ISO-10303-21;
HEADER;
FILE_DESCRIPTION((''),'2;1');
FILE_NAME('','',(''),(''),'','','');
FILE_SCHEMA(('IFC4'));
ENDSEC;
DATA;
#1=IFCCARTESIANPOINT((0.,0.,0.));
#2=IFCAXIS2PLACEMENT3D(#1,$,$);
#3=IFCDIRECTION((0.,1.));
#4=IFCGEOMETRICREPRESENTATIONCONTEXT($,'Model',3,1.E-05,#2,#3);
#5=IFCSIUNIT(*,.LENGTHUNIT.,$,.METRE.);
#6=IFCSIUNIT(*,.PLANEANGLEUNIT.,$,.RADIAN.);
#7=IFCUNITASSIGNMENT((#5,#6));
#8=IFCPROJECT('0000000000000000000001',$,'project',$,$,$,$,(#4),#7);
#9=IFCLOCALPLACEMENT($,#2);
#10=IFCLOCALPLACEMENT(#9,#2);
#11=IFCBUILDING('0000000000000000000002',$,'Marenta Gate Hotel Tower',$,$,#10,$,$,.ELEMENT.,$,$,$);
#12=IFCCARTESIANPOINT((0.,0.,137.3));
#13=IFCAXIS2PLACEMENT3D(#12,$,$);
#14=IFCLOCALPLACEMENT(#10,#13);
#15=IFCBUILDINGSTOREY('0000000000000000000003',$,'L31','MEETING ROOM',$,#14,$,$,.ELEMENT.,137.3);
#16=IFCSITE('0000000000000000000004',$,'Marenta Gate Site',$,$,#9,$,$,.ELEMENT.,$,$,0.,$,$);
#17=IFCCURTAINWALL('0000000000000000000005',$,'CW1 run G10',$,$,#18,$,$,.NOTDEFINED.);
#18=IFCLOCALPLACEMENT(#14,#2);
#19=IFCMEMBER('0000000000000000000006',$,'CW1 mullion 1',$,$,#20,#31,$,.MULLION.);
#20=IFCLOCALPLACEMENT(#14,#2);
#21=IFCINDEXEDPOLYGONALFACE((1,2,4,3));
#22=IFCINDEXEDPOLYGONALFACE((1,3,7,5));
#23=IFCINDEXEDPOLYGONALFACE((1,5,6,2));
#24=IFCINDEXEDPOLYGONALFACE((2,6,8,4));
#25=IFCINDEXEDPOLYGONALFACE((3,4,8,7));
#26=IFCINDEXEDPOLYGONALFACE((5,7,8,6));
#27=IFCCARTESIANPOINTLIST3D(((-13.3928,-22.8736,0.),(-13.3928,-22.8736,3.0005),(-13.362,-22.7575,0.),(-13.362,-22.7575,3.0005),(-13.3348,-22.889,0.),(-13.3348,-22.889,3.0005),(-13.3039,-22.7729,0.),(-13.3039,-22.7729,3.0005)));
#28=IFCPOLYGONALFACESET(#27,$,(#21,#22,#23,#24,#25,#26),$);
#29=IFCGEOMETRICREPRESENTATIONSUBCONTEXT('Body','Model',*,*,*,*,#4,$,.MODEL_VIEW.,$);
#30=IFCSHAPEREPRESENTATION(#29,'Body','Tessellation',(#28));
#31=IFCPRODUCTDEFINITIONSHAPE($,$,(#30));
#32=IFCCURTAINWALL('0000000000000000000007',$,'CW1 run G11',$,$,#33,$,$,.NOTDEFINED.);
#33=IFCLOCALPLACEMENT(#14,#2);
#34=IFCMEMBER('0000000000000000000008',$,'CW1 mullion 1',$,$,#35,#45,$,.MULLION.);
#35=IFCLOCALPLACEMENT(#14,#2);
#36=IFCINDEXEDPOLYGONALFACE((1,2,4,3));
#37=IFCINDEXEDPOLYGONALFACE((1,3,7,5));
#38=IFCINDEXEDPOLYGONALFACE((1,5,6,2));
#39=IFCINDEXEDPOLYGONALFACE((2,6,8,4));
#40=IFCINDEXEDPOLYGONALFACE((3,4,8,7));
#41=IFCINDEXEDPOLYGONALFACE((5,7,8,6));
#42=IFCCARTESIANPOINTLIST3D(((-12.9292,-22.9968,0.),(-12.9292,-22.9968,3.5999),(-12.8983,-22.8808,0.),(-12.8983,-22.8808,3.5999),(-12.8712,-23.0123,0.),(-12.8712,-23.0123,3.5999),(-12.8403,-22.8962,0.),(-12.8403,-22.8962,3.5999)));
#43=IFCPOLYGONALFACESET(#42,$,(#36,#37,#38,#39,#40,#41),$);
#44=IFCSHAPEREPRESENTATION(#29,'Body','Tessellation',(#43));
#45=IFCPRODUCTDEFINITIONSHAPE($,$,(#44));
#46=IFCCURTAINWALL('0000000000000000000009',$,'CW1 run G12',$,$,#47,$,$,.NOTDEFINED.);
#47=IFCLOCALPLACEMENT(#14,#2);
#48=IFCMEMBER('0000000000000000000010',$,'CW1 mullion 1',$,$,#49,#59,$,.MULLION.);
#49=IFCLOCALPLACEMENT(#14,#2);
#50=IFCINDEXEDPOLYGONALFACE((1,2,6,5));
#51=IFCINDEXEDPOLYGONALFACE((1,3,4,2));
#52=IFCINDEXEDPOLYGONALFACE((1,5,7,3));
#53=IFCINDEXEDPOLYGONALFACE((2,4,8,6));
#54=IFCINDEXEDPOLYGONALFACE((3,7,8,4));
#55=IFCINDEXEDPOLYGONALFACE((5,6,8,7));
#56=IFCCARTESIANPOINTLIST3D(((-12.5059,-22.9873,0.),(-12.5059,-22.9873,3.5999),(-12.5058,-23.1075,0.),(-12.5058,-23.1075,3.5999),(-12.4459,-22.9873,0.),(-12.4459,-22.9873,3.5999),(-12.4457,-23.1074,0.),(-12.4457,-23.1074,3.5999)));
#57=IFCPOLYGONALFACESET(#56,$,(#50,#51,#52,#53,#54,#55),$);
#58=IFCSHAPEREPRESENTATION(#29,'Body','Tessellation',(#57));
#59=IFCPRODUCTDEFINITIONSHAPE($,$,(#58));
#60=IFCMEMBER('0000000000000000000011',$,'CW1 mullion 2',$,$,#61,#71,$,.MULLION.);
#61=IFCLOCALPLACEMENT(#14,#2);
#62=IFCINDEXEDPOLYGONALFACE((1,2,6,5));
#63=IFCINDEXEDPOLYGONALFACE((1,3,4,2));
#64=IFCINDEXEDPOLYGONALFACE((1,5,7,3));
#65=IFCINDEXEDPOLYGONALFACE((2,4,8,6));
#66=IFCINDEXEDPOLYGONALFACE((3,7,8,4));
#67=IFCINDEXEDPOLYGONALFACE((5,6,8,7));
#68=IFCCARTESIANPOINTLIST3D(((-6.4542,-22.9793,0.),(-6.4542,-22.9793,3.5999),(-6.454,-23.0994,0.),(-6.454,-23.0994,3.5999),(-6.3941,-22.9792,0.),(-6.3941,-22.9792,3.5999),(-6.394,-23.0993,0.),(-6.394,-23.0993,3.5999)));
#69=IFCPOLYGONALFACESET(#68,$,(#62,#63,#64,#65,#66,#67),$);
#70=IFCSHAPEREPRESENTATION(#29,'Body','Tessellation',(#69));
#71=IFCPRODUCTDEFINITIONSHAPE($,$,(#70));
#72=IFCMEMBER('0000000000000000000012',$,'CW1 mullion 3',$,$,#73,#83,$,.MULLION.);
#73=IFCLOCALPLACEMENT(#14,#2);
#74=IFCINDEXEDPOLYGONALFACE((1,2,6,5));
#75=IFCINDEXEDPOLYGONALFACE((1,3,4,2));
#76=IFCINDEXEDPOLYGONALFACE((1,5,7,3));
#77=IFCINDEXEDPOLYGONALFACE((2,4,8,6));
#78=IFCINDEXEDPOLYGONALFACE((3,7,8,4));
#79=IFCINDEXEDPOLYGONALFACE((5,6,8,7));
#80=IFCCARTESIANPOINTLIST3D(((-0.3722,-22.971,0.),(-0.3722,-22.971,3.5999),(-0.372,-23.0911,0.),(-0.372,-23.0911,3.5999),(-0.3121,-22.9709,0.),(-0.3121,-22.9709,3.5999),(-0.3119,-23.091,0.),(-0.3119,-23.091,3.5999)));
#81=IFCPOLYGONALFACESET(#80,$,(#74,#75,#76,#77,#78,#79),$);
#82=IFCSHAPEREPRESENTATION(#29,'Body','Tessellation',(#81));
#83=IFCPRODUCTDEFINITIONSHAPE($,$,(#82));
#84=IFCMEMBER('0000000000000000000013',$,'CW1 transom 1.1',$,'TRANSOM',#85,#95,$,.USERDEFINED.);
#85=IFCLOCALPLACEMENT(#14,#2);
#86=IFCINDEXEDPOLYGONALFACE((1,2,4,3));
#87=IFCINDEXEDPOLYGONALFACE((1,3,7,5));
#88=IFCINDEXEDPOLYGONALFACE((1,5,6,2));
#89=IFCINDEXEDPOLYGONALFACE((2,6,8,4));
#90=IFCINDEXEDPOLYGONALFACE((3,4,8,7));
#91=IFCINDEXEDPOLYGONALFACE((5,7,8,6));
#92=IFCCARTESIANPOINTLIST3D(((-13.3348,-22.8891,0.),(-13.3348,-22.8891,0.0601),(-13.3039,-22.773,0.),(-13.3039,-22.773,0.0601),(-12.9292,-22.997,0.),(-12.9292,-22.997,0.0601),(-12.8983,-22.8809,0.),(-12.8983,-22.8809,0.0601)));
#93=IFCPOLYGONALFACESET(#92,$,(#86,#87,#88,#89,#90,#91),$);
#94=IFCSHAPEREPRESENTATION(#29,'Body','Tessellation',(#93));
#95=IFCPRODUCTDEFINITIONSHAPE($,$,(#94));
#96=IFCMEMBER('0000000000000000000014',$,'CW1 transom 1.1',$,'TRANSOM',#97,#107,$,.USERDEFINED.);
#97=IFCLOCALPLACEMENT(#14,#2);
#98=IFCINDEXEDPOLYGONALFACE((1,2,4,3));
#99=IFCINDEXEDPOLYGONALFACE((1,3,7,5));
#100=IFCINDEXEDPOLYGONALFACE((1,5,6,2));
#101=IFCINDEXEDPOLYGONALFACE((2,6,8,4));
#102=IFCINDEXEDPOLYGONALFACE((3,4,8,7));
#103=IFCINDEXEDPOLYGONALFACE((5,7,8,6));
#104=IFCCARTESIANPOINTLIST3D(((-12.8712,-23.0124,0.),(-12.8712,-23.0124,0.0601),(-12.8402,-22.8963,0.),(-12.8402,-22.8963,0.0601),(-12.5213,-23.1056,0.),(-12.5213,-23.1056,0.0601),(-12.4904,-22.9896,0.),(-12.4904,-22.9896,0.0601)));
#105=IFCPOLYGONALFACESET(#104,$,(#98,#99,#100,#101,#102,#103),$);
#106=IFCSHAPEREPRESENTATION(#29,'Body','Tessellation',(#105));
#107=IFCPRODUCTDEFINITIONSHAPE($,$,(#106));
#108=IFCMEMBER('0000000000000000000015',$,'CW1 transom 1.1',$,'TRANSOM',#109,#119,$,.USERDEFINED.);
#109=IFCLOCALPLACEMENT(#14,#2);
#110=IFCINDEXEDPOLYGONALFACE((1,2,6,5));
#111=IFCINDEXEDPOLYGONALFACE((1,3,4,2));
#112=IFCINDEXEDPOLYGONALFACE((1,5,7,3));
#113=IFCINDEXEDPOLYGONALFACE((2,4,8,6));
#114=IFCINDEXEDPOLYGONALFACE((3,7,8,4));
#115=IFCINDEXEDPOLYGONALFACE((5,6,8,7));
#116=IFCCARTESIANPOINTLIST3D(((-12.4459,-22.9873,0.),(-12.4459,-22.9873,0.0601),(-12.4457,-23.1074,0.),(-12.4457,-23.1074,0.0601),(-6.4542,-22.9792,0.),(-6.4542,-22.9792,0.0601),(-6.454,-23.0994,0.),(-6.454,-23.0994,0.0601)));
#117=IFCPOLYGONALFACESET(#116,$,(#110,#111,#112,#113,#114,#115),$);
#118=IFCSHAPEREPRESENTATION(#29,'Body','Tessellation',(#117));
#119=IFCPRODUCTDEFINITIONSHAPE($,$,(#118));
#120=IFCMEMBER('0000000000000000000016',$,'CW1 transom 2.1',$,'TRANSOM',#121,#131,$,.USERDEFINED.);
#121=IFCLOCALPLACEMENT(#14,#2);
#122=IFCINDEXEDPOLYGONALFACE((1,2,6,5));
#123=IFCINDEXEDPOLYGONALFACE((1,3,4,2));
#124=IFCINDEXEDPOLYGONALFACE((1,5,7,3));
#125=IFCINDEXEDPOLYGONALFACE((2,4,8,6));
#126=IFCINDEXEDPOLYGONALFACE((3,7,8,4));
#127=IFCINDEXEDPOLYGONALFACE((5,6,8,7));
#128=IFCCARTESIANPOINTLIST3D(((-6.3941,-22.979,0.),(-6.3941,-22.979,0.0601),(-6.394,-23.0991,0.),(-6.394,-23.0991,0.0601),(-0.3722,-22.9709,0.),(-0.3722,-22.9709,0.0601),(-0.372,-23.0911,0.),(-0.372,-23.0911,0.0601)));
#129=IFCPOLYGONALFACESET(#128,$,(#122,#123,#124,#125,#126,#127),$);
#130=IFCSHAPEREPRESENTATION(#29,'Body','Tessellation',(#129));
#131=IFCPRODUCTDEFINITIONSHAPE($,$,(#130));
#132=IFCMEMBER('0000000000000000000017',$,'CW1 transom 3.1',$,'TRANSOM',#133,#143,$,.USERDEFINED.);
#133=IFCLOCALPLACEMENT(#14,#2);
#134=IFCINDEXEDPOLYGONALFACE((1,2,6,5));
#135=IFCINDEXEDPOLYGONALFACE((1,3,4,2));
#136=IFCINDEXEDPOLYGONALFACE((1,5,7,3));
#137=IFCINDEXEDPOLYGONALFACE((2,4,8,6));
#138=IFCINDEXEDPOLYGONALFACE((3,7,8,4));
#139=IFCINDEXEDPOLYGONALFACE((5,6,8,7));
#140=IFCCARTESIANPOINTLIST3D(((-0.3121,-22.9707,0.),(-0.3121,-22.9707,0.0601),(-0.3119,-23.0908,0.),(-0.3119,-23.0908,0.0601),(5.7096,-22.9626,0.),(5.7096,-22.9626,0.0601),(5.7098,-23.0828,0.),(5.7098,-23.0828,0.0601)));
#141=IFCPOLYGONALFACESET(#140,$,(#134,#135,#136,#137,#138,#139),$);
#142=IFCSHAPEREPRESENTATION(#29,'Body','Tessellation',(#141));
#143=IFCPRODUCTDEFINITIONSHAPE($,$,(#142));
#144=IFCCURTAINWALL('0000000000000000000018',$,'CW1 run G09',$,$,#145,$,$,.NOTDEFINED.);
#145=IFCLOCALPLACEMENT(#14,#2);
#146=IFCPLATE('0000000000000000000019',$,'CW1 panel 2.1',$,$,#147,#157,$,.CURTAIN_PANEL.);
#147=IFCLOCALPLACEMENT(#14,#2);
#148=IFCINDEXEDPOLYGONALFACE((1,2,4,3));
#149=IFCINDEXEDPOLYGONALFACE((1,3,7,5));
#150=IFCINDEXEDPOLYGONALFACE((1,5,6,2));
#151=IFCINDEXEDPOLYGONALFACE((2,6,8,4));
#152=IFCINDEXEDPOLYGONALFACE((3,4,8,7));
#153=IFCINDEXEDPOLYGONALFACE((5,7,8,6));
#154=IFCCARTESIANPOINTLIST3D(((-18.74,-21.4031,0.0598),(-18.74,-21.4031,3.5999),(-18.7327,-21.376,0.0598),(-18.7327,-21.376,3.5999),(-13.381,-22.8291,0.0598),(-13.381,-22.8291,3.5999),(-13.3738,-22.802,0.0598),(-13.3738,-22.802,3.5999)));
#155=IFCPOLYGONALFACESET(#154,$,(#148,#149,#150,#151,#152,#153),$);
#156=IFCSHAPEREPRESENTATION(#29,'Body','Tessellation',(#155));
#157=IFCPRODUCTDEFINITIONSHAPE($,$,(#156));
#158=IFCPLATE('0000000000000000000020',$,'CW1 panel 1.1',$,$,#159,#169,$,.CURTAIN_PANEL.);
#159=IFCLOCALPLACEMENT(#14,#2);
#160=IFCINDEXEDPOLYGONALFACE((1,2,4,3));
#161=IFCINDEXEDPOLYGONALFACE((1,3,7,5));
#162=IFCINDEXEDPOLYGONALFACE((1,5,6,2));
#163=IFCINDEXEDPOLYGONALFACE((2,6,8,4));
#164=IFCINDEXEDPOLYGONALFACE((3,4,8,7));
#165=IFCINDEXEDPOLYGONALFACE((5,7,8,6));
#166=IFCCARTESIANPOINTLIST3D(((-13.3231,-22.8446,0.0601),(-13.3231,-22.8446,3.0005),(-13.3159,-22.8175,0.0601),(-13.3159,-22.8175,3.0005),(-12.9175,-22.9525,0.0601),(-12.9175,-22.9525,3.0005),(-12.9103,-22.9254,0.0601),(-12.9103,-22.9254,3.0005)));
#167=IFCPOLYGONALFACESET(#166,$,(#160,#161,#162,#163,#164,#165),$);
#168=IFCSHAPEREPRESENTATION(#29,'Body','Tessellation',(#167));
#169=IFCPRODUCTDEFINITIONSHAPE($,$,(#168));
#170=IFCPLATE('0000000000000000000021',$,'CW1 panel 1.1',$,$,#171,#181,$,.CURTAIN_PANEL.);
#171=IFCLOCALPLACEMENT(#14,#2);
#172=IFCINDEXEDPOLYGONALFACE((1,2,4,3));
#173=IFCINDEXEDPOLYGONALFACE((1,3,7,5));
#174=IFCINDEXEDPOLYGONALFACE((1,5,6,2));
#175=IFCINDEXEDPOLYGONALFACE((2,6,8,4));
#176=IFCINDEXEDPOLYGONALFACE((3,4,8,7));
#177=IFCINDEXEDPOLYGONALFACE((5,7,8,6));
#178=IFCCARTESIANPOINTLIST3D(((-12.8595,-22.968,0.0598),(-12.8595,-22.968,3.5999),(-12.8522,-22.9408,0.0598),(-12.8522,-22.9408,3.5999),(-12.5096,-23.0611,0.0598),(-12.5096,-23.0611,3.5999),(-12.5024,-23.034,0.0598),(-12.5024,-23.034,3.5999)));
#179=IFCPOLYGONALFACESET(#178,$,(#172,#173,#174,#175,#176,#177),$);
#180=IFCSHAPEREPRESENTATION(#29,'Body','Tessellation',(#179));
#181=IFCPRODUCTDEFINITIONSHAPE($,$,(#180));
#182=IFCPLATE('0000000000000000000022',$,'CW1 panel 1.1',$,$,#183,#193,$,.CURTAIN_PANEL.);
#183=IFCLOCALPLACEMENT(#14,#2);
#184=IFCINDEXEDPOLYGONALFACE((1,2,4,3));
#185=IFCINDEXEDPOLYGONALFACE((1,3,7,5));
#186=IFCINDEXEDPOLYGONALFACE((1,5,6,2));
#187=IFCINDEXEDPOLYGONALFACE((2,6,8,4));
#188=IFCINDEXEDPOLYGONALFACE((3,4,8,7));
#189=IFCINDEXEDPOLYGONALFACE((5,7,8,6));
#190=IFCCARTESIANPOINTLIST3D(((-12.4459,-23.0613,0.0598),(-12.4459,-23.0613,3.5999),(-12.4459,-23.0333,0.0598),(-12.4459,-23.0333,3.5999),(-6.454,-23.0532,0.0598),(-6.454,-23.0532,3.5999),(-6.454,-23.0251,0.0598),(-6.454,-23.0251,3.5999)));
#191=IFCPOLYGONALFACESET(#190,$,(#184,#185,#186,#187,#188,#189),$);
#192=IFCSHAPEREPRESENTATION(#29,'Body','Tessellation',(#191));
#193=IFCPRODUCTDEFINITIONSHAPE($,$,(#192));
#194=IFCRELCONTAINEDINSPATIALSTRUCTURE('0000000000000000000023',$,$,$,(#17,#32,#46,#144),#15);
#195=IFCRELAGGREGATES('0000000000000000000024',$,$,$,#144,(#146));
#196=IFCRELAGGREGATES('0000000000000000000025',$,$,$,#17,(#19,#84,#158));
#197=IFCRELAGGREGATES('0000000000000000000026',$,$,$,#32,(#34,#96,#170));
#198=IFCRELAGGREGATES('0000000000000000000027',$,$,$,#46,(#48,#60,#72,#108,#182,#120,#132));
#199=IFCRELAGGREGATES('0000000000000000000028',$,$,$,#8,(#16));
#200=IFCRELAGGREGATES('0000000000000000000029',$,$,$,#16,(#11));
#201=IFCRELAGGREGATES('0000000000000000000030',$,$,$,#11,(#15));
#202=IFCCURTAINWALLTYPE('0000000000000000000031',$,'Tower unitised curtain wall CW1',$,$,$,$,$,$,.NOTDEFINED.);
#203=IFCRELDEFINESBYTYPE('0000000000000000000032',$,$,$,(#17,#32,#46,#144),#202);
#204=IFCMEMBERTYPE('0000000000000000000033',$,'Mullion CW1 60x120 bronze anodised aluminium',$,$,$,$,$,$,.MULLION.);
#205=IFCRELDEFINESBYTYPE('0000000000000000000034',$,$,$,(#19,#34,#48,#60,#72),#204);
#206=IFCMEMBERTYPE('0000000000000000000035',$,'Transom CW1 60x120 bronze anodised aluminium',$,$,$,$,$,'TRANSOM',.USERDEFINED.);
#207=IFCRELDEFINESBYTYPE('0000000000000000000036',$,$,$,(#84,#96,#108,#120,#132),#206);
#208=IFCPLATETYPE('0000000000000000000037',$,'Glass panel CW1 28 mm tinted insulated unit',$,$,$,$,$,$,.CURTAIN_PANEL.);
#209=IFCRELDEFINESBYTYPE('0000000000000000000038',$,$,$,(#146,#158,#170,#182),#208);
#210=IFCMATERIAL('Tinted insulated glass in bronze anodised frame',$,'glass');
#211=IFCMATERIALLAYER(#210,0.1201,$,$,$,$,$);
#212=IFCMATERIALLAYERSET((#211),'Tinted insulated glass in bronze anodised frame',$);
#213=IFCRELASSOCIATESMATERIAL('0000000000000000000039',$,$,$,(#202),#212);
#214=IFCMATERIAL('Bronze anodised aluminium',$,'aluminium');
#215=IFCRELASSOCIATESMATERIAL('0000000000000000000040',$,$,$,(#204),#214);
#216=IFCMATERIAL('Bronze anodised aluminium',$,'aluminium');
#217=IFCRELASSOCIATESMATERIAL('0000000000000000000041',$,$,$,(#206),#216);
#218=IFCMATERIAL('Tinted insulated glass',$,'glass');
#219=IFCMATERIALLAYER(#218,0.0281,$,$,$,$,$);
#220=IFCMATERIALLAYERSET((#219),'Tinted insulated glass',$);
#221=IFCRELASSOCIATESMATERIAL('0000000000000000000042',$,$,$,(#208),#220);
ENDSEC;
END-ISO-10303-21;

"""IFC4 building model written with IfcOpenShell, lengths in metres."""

from ifc_helpers import new_model, si_unit, direction, frame, origin, origin_2d, place, context, subcontext, project, spatial, rectangle, extrude, material, layer, layer_set, material_profile, profile_set, type_object, element, aggregate, save


model = new_model("IFC4")

# Units and contexts
model_context = context("Model", 3, precision=1e-05, world=origin(), true_north=direction((0.0, 1.0)))
body_context = subcontext(model_context, "Body", "Model", "MODEL_VIEW")
ifc_project = project(units=[si_unit("LENGTHUNIT", "METRE"), si_unit("PLANEANGLEUNIT", "RADIAN")], contexts=[model_context])

# Site, building, storey
site_placement = place(None, origin())
site = spatial("IfcSite", under=ifc_project, at=site_placement, Name="Marenta Gate Site", CompositionType="ELEMENT", RefElevation=0.0)
building_placement = place(site_placement, origin())
building = spatial("IfcBuilding", under=site, at=building_placement, Name="Marenta Gate Hotel Tower", CompositionType="ELEMENT")
storey_placement = place(building_placement, frame((0.0, 0.0, 137.3)))
storey = spatial("IfcBuildingStorey", under=building, at=storey_placement, Name="L31", Description="MEETING ROOM", CompositionType="ELEMENT", Elevation=137.3)

# Curtain walls, members
ifc_material_1 = material(Name="Tinted insulated glass in bronze anodised frame", Category="glass")
ifc_layer_1 = layer(ifc_material_1, 0.1201)
ifc_layer_set_1 = layer_set([ifc_layer_1], Name="Tinted insulated glass in bronze anodised frame")
curtain_wall_type = type_object("IfcCurtainWallType", Name="Tower unitised curtain wall CW1", PredefinedType="NOTDEFINED", material=ifc_layer_set_1)
curtain_wall_1_placement = place(storey_placement, origin())
curtain_wall_1 = element("IfcCurtainWall", 1, at=curtain_wall_1_placement, inside=storey, type_object=curtain_wall_type, Name="CW1 run G10", PredefinedType="NOTDEFINED")
ifc_material_2 = material(Name="Bronze anodised aluminium", Category="aluminium")
ifc_material_profile_1 = material_profile(ifc_material_2, rectangle(XDim=0.1201, YDim=0.0601, at=origin_2d()), Name="Mullion CW1 60x120 bronze anodised aluminium")
ifc_profile_set_1 = profile_set([ifc_material_profile_1], Name="Bronze anodised aluminium")
member_type_1 = type_object("IfcMemberType", Name="Mullion CW1 60x120 bronze anodised aluminium", PredefinedType="MULLION", material=ifc_profile_set_1)
member_1_placement = place(storey_placement, frame((-13.3484, -22.8232, 0.0), z_axis=(0.0, 0.0, 1.0), x_axis=(0.257027, 0.966404, 0.0)))
member_1 = element("IfcMember", 2, at=member_1_placement, type_object=member_type_1, Name="CW1 mullion 1", PredefinedType="MULLION", context=body_context, shape_type="SweptSolid", body=[
    extrude(rectangle(XDim=0.1201, YDim=0.0601, at=origin_2d()), origin(), (0.0, 0.0, 1.0), 3.0005),
])
curtain_wall_2_placement = place(storey_placement, origin())
curtain_wall_2 = element("IfcCurtainWall", 3, at=curtain_wall_2_placement, inside=storey, type_object=curtain_wall_type, Name="CW1 run G11", PredefinedType="NOTDEFINED")
member_2_placement = place(storey_placement, frame((-12.8848, -22.9465, 0.0), z_axis=(0.0, 0.0, 1.0), x_axis=(0.257279, 0.966337, 0.0)))
member_2 = element("IfcMember", 4, at=member_2_placement, type_object=member_type_1, Name="CW1 mullion 1", PredefinedType="MULLION", context=body_context, shape_type="SweptSolid", body=[
    extrude(rectangle(XDim=0.1201, YDim=0.0601, at=origin_2d()), origin(), (0.0, 0.0, 1.0), 3.5999),
])

# Curtain wall, members
curtain_wall_3_placement = place(storey_placement, origin())
curtain_wall_3 = element("IfcCurtainWall", 5, at=curtain_wall_3_placement, inside=storey, type_object=curtain_wall_type, Name="CW1 run G12", PredefinedType="NOTDEFINED")
member_3_placement = place(storey_placement, frame((-12.4758, -23.0474, 0.0), z_axis=(0.0, 0.0, 1.0), x_axis=(-0.001365, 0.999999, 0.0)))
member_3 = element("IfcMember", 6, at=member_3_placement, type_object=member_type_1, Name="CW1 mullion 1", PredefinedType="MULLION", context=body_context, shape_type="SweptSolid", body=[
    extrude(rectangle(XDim=0.1201, YDim=0.0601, at=origin_2d()), origin(), (0.0, 0.0, 1.0), 3.5999),
])
member_4_placement = place(storey_placement, frame((-6.4241, -23.0393, 0.0), z_axis=(0.0, 0.0, 1.0), x_axis=(-0.001365, 0.999999, 0.0)))
member_4 = element("IfcMember", 7, at=member_4_placement, type_object=member_type_1, Name="CW1 mullion 2", PredefinedType="MULLION", context=body_context, shape_type="SweptSolid", body=[
    extrude(rectangle(XDim=0.1201, YDim=0.0601, at=origin_2d()), origin(), (0.0, 0.0, 1.0), 3.5999),
])
member_5_placement = place(storey_placement, frame((-0.342, -23.031, 0.0), z_axis=(0.0, 0.0, 1.0), x_axis=(-0.001365, 0.999999, 0.0)))
member_5 = element("IfcMember", 8, at=member_5_placement, type_object=member_type_1, Name="CW1 mullion 3", PredefinedType="MULLION", context=body_context, shape_type="SweptSolid", body=[
    extrude(rectangle(XDim=0.1201, YDim=0.0601, at=origin_2d()), origin(), (0.0, 0.0, 1.0), 3.5999),
])

# Members
ifc_material_3 = material(Name="Bronze anodised aluminium", Category="aluminium")
ifc_material_profile_2 = material_profile(ifc_material_3, rectangle(XDim=0.1201, YDim=0.0601, at=origin_2d()), Name="Transom CW1 60x120 bronze anodised aluminium")
ifc_profile_set_2 = profile_set([ifc_material_profile_2], Name="Bronze anodised aluminium")
member_type_2 = type_object("IfcMemberType", Name="Transom CW1 60x120 bronze anodised aluminium", ElementType="TRANSOM", PredefinedType="USERDEFINED", material=ifc_profile_set_2)
member_6_placement = place(storey_placement, frame((-13.3193, -22.8311, 0.03), z_axis=(0.96637, -0.257156, 0.0), x_axis=(0.257156, 0.96637, 0.0)))
member_6 = element("IfcMember", 9, at=member_6_placement, type_object=member_type_2, Name="CW1 transom 1.1", ObjectType="TRANSOM", PredefinedType="USERDEFINED", context=body_context, shape_type="SweptSolid", body=[
    extrude(rectangle(XDim=0.1201, YDim=0.0601, at=origin_2d()), origin(), (0.0, 0.0, 1.0), 0.4197),
])
member_7_placement = place(storey_placement, frame((-12.8557, -22.9543, 0.03), z_axis=(0.966257, -0.257579, 0.0), x_axis=(0.257579, 0.966257, 0.0)))
member_7 = element("IfcMember", 10, at=member_7_placement, type_object=member_type_2, Name="CW1 transom 1.1", ObjectType="TRANSOM", PredefinedType="USERDEFINED", context=body_context, shape_type="SweptSolid", body=[
    extrude(rectangle(XDim=0.1201, YDim=0.0601, at=origin_2d()), origin(), (0.0, 0.0, 1.0), 0.3621),
])
member_8_placement = place(storey_placement, frame((-12.4458, -23.0474, 0.03), z_axis=(0.999999, 0.001345, 0.0), x_axis=(-0.001345, 0.999999, 0.0)))
member_8 = element("IfcMember", 11, at=member_8_placement, type_object=member_type_2, Name="CW1 transom 1.1", ObjectType="TRANSOM", PredefinedType="USERDEFINED", context=body_context, shape_type="SweptSolid", body=[
    extrude(rectangle(XDim=0.1201, YDim=0.0601, at=origin_2d()), origin(), (0.0, 0.0, 1.0), 5.9917),
])
member_9_placement = place(storey_placement, frame((-6.394, -23.0391, 0.03), z_axis=(0.999999, 0.001338, 0.0), x_axis=(-0.001338, 0.999999, 0.0)))
member_9 = element("IfcMember", 12, at=member_9_placement, type_object=member_type_2, Name="CW1 transom 2.1", ObjectType="TRANSOM", PredefinedType="USERDEFINED", context=body_context, shape_type="SweptSolid", body=[
    extrude(rectangle(XDim=0.1201, YDim=0.0601, at=origin_2d()), origin(), (0.0, 0.0, 1.0), 6.022),
])
member_10_placement = place(storey_placement, frame((-0.312, -23.0308, 0.03), z_axis=(0.999999, 0.001338, 0.0), x_axis=(-0.001338, 0.999999, 0.0)))
member_10 = element("IfcMember", 13, at=member_10_placement, type_object=member_type_2, Name="CW1 transom 3.1", ObjectType="TRANSOM", PredefinedType="USERDEFINED", context=body_context, shape_type="SweptSolid", body=[
    extrude(rectangle(XDim=0.1201, YDim=0.0601, at=origin_2d()), origin(), (0.0, 0.0, 1.0), 6.0217),
])

# Curtain wall, plate
curtain_wall_4_placement = place(storey_placement, origin())
curtain_wall_4 = element("IfcCurtainWall", 14, at=curtain_wall_4_placement, inside=storey, type_object=curtain_wall_type, Name="CW1 run G09", PredefinedType="NOTDEFINED")
ifc_material_4 = material(Name="Tinted insulated glass", Category="glass")
ifc_layer_2 = layer(ifc_material_4, 0.0281)
ifc_layer_set_2 = layer_set([ifc_layer_2], Name="Tinted insulated glass")
plate_type = type_object("IfcPlateType", Name="Glass panel CW1 28 mm tinted insulated unit", PredefinedType="CURTAIN_PANEL", material=ifc_layer_set_2)
plate_1_placement = place(storey_placement, frame((-16.0569, -22.1025, 0.0598), z_axis=(0.0, 0.0, 1.0), x_axis=(0.966373, -0.257144, 0.0)))
plate_1 = element("IfcPlate", 15, at=plate_1_placement, type_object=plate_type, Name="CW1 panel 2.1", PredefinedType="CURTAIN_PANEL", context=body_context, shape_type="SweptSolid", body=[
    extrude(rectangle(XDim=5.5454, YDim=0.0281, at=origin_2d()), origin(), (0.0, 0.0, 1.0), 3.54),
])
aggregate(curtain_wall_4, [plate_1])

# Plates
plate_2_placement = place(storey_placement, frame((-13.1167, -22.885, 0.0601), z_axis=(0.0, 0.0, 1.0), x_axis=(0.966404, -0.257027, 0.0)))
plate_2 = element("IfcPlate", 16, at=plate_2_placement, type_object=plate_type, Name="CW1 panel 1.1", PredefinedType="CURTAIN_PANEL", context=body_context, shape_type="SweptSolid", body=[
    extrude(rectangle(XDim=0.4197, YDim=0.0281, at=origin_2d()), origin(), (0.0, 0.0, 1.0), 2.9404),
])
aggregate(curtain_wall_1, [member_1, member_6, plate_2])
plate_3_placement = place(storey_placement, frame((-12.6809, -23.001, 0.0598), z_axis=(0.0, 0.0, 1.0), x_axis=(0.966337, -0.257279, 0.0)))
plate_3 = element("IfcPlate", 17, at=plate_3_placement, type_object=plate_type, Name="CW1 panel 1.1", PredefinedType="CURTAIN_PANEL", context=body_context, shape_type="SweptSolid", body=[
    extrude(rectangle(XDim=0.3621, YDim=0.0281, at=origin_2d()), origin(), (0.0, 0.0, 1.0), 3.54),
])
aggregate(curtain_wall_2, [member_2, member_7, plate_3])
plate_4_placement = place(storey_placement, frame((-9.45, -23.0432, 0.0598), z_axis=(0.0, 0.0, 1.0), x_axis=(0.999999, 0.001365, 0.0)))
plate_4 = element("IfcPlate", 18, at=plate_4_placement, type_object=plate_type, Name="CW1 panel 1.1", PredefinedType="CURTAIN_PANEL", context=body_context, shape_type="SweptSolid", body=[
    extrude(rectangle(XDim=5.9919, YDim=0.0281, at=origin_2d()), origin(), (0.0, 0.0, 1.0), 3.54),
])
aggregate(curtain_wall_3, [member_3, member_4, member_5, member_8, plate_4, member_9, member_10])

save(model, "model.ifc")
